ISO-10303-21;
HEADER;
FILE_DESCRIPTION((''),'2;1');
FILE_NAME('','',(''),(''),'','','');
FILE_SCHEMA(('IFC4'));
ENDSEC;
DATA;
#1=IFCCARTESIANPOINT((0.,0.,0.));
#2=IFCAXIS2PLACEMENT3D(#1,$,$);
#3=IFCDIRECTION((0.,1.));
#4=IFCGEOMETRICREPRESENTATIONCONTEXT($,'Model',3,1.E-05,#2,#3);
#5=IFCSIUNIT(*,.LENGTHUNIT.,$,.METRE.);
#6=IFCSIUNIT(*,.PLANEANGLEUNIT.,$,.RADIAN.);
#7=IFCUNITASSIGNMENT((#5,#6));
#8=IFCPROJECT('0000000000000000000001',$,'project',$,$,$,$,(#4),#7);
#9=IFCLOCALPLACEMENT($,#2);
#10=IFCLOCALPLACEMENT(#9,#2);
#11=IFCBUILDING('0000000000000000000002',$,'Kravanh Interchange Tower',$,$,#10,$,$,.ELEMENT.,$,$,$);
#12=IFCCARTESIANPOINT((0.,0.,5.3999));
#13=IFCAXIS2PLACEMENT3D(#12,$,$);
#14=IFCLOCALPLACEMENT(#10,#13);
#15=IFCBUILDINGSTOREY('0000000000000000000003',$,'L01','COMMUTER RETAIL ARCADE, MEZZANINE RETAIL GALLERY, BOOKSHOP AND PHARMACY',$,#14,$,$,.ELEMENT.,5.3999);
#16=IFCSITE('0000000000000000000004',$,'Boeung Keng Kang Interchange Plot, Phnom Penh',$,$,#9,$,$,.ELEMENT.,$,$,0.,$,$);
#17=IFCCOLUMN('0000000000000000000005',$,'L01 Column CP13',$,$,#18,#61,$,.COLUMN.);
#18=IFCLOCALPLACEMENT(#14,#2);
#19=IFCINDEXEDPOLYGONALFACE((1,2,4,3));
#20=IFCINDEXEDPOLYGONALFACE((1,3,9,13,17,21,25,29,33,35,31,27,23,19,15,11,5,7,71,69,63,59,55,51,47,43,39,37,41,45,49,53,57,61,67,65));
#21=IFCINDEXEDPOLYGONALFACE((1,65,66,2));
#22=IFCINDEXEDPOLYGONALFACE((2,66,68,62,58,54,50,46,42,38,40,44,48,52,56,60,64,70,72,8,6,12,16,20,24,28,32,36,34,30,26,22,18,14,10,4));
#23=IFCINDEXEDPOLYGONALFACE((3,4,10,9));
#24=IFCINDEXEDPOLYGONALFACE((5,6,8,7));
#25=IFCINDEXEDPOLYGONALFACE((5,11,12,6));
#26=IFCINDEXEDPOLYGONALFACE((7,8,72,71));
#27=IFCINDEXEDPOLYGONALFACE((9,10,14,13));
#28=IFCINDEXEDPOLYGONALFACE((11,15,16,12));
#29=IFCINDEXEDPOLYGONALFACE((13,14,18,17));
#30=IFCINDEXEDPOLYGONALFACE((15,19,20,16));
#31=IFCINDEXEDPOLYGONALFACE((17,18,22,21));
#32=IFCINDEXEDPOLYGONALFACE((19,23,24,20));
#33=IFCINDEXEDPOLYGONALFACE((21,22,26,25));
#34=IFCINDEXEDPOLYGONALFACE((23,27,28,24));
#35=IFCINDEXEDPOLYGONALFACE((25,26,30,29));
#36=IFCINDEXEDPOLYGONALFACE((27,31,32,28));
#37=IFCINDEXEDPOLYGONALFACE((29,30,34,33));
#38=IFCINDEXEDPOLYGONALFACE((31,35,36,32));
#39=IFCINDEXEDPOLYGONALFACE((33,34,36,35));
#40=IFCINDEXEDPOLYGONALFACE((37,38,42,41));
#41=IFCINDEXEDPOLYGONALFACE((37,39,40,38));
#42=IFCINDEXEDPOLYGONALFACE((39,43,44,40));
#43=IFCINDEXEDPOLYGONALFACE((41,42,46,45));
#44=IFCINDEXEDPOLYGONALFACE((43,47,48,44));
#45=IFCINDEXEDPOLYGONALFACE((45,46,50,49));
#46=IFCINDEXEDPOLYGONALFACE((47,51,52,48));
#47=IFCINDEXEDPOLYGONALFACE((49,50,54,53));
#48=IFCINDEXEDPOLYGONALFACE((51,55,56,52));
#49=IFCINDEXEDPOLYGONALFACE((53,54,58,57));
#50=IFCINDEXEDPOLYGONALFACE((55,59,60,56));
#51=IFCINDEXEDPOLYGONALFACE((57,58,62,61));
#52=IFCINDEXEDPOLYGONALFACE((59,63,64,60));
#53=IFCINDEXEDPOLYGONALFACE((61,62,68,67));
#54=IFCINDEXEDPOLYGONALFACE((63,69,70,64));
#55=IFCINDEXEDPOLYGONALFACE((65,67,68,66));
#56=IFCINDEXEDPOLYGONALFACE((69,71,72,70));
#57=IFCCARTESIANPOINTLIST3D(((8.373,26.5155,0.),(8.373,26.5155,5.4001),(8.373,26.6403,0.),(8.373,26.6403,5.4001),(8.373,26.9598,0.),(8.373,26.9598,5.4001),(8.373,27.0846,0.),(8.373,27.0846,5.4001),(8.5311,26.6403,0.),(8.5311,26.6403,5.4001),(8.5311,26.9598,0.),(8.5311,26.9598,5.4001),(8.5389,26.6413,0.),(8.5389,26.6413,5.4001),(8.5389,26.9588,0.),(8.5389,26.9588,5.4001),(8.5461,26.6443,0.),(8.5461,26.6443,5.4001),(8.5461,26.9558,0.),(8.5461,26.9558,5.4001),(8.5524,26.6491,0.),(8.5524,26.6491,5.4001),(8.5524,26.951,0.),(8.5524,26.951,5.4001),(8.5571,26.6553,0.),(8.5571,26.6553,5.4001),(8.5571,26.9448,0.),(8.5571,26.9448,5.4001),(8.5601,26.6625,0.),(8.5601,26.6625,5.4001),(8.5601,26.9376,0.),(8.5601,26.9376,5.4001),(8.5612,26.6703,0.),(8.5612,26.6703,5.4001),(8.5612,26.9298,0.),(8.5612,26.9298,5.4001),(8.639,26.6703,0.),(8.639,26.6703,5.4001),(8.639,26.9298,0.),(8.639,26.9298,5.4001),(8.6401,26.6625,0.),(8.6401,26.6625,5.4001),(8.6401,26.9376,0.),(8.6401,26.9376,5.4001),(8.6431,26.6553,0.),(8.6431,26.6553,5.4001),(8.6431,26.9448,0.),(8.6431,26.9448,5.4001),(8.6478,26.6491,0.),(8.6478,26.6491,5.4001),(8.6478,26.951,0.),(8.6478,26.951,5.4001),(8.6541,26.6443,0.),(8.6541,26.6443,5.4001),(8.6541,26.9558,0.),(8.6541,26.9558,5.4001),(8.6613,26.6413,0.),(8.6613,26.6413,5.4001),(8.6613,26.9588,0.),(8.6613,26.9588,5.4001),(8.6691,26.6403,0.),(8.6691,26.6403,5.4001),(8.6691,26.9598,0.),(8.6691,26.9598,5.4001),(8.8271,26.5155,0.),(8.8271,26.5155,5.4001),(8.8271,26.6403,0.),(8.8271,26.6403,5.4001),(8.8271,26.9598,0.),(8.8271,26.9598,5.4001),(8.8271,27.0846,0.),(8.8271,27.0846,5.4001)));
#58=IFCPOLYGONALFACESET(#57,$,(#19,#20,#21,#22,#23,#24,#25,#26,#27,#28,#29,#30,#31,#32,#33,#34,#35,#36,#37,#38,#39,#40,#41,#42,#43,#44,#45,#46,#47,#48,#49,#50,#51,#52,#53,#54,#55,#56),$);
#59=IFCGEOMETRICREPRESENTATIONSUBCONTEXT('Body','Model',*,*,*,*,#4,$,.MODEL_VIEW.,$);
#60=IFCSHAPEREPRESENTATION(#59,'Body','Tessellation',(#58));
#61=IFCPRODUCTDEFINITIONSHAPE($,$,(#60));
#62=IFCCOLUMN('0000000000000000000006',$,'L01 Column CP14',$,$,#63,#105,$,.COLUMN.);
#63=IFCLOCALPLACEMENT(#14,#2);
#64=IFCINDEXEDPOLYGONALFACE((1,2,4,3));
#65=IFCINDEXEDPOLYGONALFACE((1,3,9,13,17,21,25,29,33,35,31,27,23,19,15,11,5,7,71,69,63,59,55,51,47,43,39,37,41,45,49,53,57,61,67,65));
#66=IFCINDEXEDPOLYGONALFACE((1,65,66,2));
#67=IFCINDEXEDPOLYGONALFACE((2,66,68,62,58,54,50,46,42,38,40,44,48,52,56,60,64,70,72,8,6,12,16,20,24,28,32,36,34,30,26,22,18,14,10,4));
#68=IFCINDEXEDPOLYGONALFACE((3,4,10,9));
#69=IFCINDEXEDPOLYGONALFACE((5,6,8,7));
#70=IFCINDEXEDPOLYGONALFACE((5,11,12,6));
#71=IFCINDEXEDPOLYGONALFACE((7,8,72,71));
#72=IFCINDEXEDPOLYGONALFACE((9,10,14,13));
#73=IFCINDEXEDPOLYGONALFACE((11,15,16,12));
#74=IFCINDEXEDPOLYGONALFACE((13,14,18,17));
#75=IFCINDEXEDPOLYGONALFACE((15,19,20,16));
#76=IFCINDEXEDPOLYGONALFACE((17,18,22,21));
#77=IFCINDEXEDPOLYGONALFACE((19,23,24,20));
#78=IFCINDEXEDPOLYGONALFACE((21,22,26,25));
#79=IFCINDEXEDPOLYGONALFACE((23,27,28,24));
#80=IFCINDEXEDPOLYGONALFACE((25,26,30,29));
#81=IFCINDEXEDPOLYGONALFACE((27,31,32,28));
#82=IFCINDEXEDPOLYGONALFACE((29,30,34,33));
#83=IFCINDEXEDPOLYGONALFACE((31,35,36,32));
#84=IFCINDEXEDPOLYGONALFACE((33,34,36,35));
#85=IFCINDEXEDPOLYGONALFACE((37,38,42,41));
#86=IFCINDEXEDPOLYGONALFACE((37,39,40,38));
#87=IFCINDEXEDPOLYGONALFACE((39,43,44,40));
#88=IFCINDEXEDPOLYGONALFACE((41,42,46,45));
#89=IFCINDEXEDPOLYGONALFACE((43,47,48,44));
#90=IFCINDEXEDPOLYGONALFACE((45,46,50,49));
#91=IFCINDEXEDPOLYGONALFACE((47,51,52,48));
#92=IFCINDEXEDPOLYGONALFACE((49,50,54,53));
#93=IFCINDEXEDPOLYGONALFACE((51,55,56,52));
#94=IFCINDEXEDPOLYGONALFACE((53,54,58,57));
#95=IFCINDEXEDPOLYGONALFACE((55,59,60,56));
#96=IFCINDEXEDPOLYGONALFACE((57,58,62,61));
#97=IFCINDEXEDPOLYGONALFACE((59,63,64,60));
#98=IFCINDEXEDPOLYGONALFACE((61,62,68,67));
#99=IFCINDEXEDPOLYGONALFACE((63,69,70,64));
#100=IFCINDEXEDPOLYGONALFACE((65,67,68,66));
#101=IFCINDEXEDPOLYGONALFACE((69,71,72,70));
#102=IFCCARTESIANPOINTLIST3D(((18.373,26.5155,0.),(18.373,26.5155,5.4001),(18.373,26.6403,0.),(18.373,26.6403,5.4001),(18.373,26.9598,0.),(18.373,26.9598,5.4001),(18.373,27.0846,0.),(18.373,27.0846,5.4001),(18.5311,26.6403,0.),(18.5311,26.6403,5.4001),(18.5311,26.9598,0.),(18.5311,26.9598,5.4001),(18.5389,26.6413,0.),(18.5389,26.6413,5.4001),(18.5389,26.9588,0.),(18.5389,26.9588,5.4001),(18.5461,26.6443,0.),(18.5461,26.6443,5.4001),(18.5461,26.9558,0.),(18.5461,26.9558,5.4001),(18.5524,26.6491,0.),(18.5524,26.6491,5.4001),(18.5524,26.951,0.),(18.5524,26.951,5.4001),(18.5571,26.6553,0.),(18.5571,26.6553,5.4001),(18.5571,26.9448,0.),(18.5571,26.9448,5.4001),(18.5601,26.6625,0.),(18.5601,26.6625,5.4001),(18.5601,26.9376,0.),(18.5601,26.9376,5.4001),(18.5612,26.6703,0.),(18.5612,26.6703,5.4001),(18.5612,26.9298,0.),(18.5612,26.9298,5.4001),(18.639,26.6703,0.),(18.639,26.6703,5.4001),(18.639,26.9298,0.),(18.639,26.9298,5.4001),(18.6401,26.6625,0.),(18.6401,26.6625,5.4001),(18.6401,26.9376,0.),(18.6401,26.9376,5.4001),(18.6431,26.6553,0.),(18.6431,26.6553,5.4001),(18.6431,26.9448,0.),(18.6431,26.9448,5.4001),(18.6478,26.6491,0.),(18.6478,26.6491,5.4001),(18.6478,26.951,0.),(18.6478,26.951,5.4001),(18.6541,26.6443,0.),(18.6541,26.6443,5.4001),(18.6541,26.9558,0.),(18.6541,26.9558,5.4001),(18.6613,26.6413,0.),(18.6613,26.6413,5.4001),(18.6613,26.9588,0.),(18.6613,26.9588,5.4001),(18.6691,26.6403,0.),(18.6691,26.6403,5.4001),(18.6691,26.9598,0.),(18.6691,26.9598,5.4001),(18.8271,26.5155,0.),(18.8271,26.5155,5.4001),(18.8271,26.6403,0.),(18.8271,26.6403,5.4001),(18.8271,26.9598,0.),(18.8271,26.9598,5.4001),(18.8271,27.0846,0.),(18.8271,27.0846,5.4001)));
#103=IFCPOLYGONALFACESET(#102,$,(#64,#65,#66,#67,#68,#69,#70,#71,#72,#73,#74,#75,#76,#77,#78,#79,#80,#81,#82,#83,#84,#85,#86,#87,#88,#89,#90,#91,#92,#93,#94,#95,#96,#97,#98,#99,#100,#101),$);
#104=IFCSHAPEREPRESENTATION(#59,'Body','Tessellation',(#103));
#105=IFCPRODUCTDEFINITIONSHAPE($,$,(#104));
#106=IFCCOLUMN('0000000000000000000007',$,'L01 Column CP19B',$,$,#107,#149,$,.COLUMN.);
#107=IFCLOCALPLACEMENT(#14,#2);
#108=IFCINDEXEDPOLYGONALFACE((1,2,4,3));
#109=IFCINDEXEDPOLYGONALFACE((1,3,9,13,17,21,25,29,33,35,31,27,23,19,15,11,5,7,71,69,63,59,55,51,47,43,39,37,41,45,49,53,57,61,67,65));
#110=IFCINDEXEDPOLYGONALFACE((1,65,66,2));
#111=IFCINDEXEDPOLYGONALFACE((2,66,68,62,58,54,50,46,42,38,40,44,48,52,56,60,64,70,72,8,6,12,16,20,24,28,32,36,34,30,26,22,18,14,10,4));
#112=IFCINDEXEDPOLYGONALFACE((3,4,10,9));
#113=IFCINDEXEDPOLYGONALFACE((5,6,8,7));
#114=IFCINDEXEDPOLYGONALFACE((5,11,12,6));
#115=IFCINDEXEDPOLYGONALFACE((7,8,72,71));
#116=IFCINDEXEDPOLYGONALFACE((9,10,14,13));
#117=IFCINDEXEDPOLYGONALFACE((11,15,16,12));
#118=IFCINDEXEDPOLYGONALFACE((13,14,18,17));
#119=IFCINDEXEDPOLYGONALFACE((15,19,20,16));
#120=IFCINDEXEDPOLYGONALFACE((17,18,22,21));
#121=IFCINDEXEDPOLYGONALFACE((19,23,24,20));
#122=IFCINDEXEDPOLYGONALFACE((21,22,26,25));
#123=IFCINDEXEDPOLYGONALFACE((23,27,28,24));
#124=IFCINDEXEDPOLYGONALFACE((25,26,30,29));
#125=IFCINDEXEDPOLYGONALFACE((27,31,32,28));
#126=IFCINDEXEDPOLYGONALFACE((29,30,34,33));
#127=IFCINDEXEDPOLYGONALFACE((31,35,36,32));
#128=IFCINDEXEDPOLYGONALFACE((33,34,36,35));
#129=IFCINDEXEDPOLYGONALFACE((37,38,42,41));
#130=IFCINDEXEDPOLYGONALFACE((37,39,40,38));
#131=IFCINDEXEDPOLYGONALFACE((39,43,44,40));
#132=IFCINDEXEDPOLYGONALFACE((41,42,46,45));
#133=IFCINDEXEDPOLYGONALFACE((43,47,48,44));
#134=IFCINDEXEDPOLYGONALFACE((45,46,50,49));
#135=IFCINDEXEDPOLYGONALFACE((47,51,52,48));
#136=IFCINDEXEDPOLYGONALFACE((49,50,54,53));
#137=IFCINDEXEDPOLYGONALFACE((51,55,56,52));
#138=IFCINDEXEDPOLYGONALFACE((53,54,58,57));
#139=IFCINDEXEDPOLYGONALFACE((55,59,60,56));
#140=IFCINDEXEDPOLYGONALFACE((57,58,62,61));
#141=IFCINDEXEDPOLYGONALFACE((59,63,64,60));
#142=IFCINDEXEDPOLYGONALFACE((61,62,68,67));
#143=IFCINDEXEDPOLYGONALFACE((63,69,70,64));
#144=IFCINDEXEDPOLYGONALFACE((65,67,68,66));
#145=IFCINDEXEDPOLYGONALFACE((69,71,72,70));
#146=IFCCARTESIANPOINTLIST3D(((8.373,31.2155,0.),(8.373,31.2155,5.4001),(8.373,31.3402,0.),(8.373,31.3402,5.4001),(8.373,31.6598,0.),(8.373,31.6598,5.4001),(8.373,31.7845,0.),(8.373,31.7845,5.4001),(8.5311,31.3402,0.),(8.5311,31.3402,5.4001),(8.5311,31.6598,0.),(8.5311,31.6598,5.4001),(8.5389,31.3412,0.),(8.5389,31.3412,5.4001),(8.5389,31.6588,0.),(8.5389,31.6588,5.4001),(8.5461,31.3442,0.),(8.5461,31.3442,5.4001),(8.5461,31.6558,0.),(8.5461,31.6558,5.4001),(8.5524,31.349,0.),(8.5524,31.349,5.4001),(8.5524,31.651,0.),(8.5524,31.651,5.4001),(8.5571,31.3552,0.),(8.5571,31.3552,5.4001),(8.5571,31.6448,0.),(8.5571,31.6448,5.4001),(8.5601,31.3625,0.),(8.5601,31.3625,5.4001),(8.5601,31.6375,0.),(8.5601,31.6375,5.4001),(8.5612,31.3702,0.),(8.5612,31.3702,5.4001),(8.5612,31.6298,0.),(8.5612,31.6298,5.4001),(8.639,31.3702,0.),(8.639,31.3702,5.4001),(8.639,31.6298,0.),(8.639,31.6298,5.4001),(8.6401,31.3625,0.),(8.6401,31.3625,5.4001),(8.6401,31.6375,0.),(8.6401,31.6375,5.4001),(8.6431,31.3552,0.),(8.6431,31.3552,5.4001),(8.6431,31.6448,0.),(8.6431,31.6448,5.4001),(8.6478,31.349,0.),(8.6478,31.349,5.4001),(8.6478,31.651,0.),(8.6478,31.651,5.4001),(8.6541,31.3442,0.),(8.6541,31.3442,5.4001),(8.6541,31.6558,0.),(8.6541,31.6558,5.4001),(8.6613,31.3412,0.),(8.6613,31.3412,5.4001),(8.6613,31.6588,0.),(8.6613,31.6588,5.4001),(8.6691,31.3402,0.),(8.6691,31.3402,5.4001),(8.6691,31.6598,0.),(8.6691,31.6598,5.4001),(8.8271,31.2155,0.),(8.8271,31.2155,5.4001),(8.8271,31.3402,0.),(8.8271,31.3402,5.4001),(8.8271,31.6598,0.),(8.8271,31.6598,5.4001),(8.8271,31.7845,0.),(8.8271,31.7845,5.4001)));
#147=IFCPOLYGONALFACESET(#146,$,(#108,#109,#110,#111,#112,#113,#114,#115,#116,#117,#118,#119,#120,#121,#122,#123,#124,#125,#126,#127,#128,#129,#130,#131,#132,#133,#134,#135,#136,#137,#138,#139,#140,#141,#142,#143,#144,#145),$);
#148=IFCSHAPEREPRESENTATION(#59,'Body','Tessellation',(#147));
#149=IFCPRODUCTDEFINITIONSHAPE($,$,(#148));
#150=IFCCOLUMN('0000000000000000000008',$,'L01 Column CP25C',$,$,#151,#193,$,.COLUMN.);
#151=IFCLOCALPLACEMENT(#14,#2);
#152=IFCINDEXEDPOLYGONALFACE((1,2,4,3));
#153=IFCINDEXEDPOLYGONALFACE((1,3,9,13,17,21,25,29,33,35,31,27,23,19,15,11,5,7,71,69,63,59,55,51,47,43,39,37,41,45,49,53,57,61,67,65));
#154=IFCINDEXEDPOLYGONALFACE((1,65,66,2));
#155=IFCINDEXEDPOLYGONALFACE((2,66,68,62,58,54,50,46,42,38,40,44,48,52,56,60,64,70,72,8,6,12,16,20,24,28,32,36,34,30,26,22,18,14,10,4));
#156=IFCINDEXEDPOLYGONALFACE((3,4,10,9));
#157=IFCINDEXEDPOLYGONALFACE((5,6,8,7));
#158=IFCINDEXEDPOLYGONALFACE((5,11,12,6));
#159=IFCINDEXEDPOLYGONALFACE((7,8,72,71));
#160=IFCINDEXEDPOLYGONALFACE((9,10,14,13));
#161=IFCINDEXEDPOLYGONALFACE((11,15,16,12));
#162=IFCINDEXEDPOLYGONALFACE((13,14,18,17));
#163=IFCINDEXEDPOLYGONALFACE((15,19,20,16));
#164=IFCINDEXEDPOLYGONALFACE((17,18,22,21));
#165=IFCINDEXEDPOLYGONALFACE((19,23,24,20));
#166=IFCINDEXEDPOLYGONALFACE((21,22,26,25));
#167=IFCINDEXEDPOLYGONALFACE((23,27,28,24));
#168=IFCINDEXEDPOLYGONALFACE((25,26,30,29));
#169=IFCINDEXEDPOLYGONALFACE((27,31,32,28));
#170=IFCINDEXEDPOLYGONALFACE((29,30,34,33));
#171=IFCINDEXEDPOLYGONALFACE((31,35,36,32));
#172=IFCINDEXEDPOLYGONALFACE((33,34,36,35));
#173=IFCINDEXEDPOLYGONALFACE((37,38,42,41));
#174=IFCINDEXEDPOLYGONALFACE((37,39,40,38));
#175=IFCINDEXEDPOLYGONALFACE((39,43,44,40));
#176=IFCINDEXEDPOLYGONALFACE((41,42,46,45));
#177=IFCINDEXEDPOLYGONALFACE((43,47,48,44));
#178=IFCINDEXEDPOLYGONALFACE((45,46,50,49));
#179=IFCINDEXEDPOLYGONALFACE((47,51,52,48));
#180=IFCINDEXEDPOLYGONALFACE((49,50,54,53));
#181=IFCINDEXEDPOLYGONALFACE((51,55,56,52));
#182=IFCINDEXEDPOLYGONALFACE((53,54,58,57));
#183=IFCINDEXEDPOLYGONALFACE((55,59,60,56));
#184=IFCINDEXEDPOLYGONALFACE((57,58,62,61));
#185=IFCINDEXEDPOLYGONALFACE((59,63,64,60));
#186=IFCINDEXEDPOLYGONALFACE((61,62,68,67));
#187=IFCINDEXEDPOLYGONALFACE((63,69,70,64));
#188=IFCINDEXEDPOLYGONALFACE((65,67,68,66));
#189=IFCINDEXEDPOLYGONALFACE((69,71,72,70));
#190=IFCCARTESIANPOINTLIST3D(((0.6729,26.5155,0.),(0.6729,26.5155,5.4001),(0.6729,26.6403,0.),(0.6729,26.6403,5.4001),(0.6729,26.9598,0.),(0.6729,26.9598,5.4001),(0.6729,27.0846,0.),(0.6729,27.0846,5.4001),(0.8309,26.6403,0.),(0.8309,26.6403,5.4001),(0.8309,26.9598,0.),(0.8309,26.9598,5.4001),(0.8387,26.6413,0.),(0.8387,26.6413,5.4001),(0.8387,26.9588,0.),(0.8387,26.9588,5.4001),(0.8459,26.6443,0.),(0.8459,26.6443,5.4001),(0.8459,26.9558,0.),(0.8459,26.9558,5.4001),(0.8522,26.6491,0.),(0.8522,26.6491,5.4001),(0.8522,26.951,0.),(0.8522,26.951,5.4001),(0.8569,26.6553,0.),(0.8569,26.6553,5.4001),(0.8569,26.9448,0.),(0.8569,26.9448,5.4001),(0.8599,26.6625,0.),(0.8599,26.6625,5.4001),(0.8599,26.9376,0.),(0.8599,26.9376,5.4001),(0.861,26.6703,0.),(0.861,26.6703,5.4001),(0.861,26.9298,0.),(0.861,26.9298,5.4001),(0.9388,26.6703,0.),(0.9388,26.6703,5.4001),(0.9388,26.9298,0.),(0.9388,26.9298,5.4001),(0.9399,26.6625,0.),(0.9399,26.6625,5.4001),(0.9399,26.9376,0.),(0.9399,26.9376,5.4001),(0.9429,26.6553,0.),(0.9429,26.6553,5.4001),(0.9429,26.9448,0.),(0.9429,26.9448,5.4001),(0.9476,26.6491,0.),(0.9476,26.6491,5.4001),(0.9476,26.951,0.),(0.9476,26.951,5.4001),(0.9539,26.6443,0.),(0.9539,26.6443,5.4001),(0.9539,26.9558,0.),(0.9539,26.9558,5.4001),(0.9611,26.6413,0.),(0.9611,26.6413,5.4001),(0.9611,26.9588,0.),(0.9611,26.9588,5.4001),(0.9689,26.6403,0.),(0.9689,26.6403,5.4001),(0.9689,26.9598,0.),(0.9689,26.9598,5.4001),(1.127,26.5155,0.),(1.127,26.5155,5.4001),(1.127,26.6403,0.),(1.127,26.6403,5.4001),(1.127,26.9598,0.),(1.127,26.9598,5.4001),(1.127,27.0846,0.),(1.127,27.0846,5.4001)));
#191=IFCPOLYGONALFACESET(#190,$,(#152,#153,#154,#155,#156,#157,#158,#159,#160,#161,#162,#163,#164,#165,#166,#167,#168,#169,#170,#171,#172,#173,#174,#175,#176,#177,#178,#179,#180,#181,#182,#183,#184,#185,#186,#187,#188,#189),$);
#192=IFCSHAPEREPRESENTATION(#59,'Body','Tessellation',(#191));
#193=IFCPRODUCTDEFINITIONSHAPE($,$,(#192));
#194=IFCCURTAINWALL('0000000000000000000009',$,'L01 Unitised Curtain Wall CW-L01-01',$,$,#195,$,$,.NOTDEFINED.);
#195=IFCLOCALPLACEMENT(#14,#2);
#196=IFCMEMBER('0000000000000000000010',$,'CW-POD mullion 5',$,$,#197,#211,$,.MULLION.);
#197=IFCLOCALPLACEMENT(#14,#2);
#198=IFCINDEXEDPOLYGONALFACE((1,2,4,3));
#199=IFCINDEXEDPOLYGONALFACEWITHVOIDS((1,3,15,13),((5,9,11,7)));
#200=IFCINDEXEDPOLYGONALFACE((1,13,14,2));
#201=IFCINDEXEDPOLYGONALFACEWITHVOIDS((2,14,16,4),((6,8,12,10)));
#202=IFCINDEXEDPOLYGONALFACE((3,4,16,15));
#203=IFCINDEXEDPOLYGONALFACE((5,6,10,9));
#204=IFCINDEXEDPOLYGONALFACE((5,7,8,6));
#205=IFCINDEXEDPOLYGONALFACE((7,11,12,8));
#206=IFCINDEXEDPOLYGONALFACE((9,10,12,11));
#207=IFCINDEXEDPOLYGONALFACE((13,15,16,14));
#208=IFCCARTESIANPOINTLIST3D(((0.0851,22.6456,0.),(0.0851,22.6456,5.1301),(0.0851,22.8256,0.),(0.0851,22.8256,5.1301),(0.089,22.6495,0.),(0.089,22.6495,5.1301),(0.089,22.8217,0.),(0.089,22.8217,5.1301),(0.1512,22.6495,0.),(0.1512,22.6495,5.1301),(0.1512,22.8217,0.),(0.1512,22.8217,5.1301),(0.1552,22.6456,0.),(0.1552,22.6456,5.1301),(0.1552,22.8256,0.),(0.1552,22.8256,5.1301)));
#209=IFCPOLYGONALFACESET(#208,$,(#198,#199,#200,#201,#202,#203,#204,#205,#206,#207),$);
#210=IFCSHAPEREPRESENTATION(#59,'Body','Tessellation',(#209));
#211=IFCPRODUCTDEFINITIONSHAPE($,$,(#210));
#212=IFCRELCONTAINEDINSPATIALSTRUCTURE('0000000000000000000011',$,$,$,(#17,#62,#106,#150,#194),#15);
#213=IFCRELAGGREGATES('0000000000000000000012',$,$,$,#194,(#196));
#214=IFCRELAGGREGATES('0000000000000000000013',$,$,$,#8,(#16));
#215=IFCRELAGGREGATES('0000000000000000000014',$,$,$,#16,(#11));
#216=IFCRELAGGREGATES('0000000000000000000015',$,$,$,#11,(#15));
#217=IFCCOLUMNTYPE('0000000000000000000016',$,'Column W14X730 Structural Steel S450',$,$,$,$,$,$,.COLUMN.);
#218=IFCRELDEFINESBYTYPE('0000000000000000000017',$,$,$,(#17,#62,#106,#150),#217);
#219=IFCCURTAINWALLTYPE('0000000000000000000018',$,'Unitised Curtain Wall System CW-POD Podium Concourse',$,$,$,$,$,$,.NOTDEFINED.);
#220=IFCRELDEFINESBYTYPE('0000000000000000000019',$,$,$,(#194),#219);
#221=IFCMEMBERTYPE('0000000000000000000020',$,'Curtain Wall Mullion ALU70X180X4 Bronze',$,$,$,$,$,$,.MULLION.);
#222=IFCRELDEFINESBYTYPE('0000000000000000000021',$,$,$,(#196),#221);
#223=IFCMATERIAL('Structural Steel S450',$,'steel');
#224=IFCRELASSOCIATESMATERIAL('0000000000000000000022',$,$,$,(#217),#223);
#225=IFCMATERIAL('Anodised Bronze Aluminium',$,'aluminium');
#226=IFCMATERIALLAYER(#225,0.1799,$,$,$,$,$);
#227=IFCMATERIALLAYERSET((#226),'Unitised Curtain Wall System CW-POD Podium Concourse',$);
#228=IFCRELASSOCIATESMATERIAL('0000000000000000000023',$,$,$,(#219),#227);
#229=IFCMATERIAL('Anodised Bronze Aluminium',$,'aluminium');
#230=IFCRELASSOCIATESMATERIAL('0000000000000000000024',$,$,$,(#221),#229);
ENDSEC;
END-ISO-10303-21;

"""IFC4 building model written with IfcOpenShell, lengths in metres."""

from ifc_helpers import new_model, si_unit, direction, frame, origin, origin_2d, place, context, subcontext, project, spatial, hollow_rectangle, i_section, extrude, material, layer, layer_set, material_profile, profile_set, type_object, element, aggregate, save


model = new_model("IFC4")

# Units and contexts
model_context = context("Model", 3, precision=1e-05, world=origin(), true_north=direction((0.0, 1.0)))
body_context = subcontext(model_context, "Body", "Model", "MODEL_VIEW")
ifc_project = project(units=[si_unit("LENGTHUNIT", "METRE"), si_unit("PLANEANGLEUNIT", "RADIAN")], contexts=[model_context])

# Site, building, storey
site_placement = place(None, origin())
site = spatial("IfcSite", under=ifc_project, at=site_placement, Name="Boeung Keng Kang Interchange Plot, Phnom Penh", CompositionType="ELEMENT", RefElevation=0.0)
building_placement = place(site_placement, origin())
building = spatial("IfcBuilding", under=site, at=building_placement, Name="Kravanh Interchange Tower", CompositionType="ELEMENT")
storey_placement = place(building_placement, frame((0.0, 0.0, 5.3999)))
storey = spatial("IfcBuildingStorey", under=building, at=storey_placement, Name="L01", Description="COMMUTER RETAIL ARCADE, MEZZANINE RETAIL GALLERY, BOOKSHOP AND PHARMACY", CompositionType="ELEMENT", Elevation=5.3999)

# Columns
ifc_material_1 = material(Name="Structural Steel S450", Category="steel")
ifc_material_profile_1 = material_profile(ifc_material_1, i_section(OverallWidth=0.4541, OverallDepth=0.5691, WebThickness=0.0779, FlangeThickness=0.1248, FilletRadius=0.03, at=origin_2d()), Name="W14X730")
ifc_profile_set_1 = profile_set([ifc_material_profile_1], Name="Structural Steel S450")
column_type = type_object("IfcColumnType", Name="Column W14X730 Structural Steel S450", PredefinedType="COLUMN", material=ifc_profile_set_1)
for number, where, z_axis, x_axis, name in (
    (1, (8.6001, 26.8, 0.0), (0.0, 0.0, 1.0), (1.0, 0.0, 0.0), "L01 Column CP13"),
    (2, (18.6001, 26.8, 0.0), (0.0, 0.0, 1.0), (1.0, 0.0, 0.0), "L01 Column CP14"),
    (3, (8.6001, 31.5, 0.0), (0.0, 0.0, 1.0), (1.0, 0.0, 0.0), "L01 Column CP19B"),
    (4, (0.8999, 26.8, 0.0), (0.0, 0.0, 1.0), (1.0, 0.0, 0.0), "L01 Column CP25C"),
):
    element("IfcColumn", number, at=place(storey_placement, frame(where, z_axis=z_axis, x_axis=x_axis)), inside=storey, type_object=column_type, Name=name, PredefinedType="COLUMN", context=body_context, shape_type="SweptSolid", body=[
        extrude(i_section(OverallWidth=0.4541, OverallDepth=0.5691, WebThickness=0.0779, FlangeThickness=0.1248, FilletRadius=0.03, at=origin_2d()), origin(), (0.0, 0.0, 1.0), 5.4001),
    ])

# Curtain wall, member
ifc_material_2 = material(Name="Anodised Bronze Aluminium", Category="aluminium")
ifc_layer_1 = layer(ifc_material_2, 0.1799)
ifc_layer_set_1 = layer_set([ifc_layer_1], Name="Unitised Curtain Wall System CW-POD Podium Concourse")
curtain_wall_type = type_object("IfcCurtainWallType", Name="Unitised Curtain Wall System CW-POD Podium Concourse", PredefinedType="NOTDEFINED", material=ifc_layer_set_1)
curtain_wall_placement = place(storey_placement, origin())
curtain_wall = element("IfcCurtainWall", 5, at=curtain_wall_placement, inside=storey, type_object=curtain_wall_type, Name="L01 Unitised Curtain Wall CW-L01-01", PredefinedType="NOTDEFINED")
ifc_material_3 = material(Name="Anodised Bronze Aluminium", Category="aluminium")
ifc_material_profile_2 = material_profile(ifc_material_3, hollow_rectangle(XDim=0.0701, YDim=0.1799, WallThickness=0.0039, at=origin_2d()), Name="ALU70X180X4")
ifc_profile_set_2 = profile_set([ifc_material_profile_2], Name="Anodised Bronze Aluminium")
member_type_1 = type_object("IfcMemberType", Name="Curtain Wall Mullion ALU70X180X4 Bronze", PredefinedType="MULLION", material=ifc_profile_set_2)
member_1_placement = place(storey_placement, frame((0.1201, 22.7356, 0.0), z_axis=(0.0, 0.0, 1.0), x_axis=(-1.0, 0.0, 0.0)))
member_1 = element("IfcMember", 6, at=member_1_placement, type_object=member_type_1, Name="CW-POD mullion 5", PredefinedType="MULLION", context=body_context, shape_type="SweptSolid", body=[
    extrude(hollow_rectangle(XDim=0.0701, YDim=0.1799, WallThickness=0.0039, at=origin_2d()), origin(), (0.0, 0.0, 1.0), 5.1301),
])

aggregate(curtain_wall, [member_1])

save(model, "model.ifc")
